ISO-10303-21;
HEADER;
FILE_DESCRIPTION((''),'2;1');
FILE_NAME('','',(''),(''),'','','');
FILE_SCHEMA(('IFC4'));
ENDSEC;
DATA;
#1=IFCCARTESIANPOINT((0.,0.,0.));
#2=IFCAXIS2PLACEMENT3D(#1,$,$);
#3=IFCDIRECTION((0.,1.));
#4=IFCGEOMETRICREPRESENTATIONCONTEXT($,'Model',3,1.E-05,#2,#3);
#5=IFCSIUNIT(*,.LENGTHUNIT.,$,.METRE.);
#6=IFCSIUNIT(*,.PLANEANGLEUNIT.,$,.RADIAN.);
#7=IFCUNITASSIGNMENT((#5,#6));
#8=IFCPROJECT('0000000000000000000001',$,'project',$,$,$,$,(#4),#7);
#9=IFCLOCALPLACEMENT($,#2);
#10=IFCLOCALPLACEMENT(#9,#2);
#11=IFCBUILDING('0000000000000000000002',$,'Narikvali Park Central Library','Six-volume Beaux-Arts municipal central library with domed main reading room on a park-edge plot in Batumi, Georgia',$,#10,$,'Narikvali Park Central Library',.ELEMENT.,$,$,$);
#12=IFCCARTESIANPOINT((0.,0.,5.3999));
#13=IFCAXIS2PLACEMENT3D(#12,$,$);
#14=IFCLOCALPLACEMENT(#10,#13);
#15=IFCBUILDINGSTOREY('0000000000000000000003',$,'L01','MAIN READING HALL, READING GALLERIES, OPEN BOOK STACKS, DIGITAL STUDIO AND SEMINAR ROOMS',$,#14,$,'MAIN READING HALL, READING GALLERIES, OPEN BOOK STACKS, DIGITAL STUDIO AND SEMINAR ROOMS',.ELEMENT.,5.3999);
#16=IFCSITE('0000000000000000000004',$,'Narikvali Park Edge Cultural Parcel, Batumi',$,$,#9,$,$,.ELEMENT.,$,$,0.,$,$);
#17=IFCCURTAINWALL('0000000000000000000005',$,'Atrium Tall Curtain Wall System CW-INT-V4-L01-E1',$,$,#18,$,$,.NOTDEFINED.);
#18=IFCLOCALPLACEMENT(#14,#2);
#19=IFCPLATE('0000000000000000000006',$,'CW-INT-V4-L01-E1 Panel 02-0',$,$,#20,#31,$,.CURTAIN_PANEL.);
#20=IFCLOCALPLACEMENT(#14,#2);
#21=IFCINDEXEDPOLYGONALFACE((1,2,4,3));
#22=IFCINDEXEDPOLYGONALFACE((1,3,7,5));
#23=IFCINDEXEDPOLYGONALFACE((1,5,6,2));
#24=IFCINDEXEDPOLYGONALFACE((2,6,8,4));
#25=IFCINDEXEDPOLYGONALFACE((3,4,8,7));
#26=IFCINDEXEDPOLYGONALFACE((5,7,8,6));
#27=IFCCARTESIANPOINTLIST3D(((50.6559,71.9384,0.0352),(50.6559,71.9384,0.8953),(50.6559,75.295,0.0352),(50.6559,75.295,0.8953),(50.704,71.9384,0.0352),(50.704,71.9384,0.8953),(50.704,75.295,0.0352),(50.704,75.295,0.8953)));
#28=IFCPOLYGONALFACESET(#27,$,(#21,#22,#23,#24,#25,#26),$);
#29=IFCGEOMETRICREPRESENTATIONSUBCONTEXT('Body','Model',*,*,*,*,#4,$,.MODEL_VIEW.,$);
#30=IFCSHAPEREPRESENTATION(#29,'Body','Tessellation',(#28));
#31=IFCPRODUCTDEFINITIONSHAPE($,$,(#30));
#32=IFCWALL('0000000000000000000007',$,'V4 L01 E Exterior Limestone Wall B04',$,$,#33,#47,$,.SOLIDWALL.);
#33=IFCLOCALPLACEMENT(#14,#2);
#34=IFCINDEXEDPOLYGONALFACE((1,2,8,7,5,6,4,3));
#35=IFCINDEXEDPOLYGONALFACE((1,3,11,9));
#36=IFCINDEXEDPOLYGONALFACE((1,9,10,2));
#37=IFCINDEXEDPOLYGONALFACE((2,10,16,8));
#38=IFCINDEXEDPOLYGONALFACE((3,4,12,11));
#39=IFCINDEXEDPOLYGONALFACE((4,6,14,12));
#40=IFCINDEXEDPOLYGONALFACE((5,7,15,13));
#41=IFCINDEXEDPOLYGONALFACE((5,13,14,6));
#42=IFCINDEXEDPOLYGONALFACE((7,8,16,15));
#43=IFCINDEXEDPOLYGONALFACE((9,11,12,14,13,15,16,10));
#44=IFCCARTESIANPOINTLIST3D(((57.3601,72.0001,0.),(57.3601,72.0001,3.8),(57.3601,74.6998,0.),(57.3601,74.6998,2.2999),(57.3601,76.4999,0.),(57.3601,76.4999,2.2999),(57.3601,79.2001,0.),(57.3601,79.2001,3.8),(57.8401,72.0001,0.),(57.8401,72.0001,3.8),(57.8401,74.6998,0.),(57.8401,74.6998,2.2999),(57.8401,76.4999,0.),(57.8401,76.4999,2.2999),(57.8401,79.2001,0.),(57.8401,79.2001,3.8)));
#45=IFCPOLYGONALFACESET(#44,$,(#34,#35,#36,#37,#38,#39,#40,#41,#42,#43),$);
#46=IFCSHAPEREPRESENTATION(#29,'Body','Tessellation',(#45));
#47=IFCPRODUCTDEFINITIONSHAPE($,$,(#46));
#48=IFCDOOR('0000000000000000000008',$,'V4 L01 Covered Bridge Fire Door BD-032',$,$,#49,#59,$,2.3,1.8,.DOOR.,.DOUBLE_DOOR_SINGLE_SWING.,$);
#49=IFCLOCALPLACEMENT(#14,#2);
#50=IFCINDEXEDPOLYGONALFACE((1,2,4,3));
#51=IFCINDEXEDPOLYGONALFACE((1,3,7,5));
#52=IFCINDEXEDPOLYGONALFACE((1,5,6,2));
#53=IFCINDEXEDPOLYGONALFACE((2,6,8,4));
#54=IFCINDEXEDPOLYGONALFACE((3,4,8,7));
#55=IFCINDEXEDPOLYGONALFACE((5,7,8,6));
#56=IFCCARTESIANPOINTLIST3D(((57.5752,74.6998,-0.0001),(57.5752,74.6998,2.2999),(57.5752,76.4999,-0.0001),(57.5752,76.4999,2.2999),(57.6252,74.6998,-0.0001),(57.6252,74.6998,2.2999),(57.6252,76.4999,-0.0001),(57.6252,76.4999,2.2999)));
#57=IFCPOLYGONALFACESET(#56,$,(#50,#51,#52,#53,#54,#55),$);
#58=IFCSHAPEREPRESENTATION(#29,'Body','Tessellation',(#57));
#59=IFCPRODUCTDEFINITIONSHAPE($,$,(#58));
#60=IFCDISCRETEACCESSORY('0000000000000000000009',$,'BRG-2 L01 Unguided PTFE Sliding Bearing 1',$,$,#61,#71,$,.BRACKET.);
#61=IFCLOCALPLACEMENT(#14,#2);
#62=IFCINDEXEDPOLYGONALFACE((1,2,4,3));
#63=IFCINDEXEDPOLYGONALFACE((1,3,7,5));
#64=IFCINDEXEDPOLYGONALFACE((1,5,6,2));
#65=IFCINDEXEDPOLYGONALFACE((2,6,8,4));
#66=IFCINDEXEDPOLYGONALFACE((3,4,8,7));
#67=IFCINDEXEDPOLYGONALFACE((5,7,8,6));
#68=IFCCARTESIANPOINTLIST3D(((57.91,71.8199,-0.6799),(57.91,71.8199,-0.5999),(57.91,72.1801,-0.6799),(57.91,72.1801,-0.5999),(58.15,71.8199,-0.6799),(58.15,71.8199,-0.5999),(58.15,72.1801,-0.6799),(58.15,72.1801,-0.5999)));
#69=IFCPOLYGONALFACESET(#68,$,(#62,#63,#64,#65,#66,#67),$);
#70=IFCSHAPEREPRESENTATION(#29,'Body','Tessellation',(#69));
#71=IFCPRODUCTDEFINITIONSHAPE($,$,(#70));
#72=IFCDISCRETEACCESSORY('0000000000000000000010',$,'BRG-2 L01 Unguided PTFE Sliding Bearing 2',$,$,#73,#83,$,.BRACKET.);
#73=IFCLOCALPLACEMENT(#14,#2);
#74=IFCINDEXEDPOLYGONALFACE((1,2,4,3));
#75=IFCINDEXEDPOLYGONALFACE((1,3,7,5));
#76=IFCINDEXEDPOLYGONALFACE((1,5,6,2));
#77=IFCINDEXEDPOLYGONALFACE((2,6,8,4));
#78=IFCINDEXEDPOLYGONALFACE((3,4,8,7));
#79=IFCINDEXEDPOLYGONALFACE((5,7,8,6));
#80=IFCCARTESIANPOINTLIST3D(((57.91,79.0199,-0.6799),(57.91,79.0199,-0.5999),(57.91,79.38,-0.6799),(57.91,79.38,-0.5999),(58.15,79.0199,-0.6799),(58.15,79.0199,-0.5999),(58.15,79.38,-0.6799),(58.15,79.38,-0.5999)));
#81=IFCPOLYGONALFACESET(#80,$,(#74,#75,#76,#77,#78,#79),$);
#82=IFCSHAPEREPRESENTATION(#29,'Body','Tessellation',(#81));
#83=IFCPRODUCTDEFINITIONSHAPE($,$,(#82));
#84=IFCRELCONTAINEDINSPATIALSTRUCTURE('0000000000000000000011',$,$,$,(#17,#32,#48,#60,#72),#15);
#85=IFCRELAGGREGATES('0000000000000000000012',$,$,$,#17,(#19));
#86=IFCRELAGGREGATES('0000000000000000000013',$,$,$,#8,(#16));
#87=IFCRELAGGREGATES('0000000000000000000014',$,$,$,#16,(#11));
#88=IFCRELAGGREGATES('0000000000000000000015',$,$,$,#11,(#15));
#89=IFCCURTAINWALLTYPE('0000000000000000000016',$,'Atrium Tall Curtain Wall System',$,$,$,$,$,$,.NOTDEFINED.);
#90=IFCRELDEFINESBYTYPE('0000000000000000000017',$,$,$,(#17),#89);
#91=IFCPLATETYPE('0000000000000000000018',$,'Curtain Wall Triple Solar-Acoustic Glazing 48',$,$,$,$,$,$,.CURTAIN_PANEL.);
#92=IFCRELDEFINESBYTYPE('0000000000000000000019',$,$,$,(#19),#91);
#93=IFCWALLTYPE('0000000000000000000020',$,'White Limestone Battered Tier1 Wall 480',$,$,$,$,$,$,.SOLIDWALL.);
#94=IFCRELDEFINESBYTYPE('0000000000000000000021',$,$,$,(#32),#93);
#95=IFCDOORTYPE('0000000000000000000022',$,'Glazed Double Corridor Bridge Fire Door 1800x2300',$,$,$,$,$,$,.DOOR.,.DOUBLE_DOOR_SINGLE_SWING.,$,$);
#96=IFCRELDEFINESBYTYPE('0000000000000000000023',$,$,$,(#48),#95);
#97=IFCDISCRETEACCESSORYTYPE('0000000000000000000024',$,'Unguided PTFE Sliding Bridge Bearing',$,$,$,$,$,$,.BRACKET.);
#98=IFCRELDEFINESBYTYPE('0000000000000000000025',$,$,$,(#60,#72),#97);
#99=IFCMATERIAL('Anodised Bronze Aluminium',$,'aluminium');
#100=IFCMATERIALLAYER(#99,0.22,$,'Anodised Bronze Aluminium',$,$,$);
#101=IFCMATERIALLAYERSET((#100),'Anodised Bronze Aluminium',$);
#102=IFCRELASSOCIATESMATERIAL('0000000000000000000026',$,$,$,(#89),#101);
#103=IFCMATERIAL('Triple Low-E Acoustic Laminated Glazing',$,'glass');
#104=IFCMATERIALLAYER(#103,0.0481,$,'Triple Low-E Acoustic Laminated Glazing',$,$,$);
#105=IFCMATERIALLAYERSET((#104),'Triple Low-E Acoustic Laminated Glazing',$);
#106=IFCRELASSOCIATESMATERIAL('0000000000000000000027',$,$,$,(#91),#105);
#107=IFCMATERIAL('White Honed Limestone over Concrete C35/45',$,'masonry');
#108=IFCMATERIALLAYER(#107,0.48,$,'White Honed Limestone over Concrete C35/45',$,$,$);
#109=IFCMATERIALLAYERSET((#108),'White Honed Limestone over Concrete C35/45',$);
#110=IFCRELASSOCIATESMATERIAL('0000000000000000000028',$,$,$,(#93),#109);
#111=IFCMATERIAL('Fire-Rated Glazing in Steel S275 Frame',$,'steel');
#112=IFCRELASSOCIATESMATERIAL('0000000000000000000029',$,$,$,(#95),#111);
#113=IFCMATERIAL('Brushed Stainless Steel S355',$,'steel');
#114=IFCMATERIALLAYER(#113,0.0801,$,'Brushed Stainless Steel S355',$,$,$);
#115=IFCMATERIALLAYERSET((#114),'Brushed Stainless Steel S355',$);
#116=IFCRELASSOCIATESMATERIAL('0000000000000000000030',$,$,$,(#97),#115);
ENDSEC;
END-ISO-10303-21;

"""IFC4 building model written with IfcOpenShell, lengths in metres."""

from ifc_helpers import new_model, si_unit, direction, frame, frame_2d, origin, origin_2d, place, context, subcontext, project, spatial, rectangle, extrude, material, layer, layer_set, type_object, element, fill, aggregate, save


model = new_model("IFC4")

# Units and contexts
model_context = context("Model", 3, precision=1e-05, world=origin(), true_north=direction((0.0, 1.0)))
body_context = subcontext(model_context, "Body", "Model", "MODEL_VIEW")
ifc_project = project(units=[si_unit("LENGTHUNIT", "METRE"), si_unit("PLANEANGLEUNIT", "RADIAN")], contexts=[model_context])

# Site, building, storey
site_placement = place(None, origin())
site = spatial("IfcSite", under=ifc_project, at=site_placement, Name="Narikvali Park Edge Cultural Parcel, Batumi", CompositionType="ELEMENT", RefElevation=0.0)
building_placement = place(site_placement, origin())
building = spatial("IfcBuilding", under=site, at=building_placement, Name="Narikvali Park Central Library", Description="Six-volume Beaux-Arts municipal central library with domed main reading room on a park-edge plot in Batumi, Georgia", LongName="Narikvali Park Central Library", CompositionType="ELEMENT")
storey_placement = place(building_placement, frame((0.0, 0.0, 5.3999)))
storey = spatial("IfcBuildingStorey", under=building, at=storey_placement, Name="L01", Description="MAIN READING HALL, READING GALLERIES, OPEN BOOK STACKS, DIGITAL STUDIO AND SEMINAR ROOMS", LongName="MAIN READING HALL, READING GALLERIES, OPEN BOOK STACKS, DIGITAL STUDIO AND SEMINAR ROOMS", CompositionType="ELEMENT", Elevation=5.3999)

# Shared definitions
ifc_material_1 = material(Name="Anodised Bronze Aluminium", Category="aluminium")

# Shared definitions
ifc_layer_1 = layer(ifc_material_1, 0.22, Name="Anodised Bronze Aluminium")
ifc_layer_set_1 = layer_set([ifc_layer_1], Name="Anodised Bronze Aluminium")
curtain_wall_type_1 = type_object("IfcCurtainWallType", Name="Atrium Tall Curtain Wall System", PredefinedType="NOTDEFINED", material=ifc_layer_set_1)

# Curtain wall
curtain_wall_1_placement = place(storey_placement, origin())
curtain_wall_1 = element("IfcCurtainWall", 1, at=curtain_wall_1_placement, inside=storey, type_object=curtain_wall_type_1, Name="Atrium Tall Curtain Wall System CW-INT-V4-L01-E1", PredefinedType="NOTDEFINED")

# Plate
ifc_material_2 = material(Name="Triple Low-E Acoustic Laminated Glazing", Category="glass")
ifc_layer_2 = layer(ifc_material_2, 0.0481, Name="Triple Low-E Acoustic Laminated Glazing")
ifc_layer_set_2 = layer_set([ifc_layer_2], Name="Triple Low-E Acoustic Laminated Glazing")
plate_type_1 = type_object("IfcPlateType", Name="Curtain Wall Triple Solar-Acoustic Glazing 48", PredefinedType="CURTAIN_PANEL", material=ifc_layer_set_2)
plate_1_placement = place(storey_placement, frame((50.6799, 73.6167, 0.0352), z_axis=(0.0, 0.0, 1.0), x_axis=(0.0, 1.0, 0.0)))
plate_1 = element("IfcPlate", 2, at=plate_1_placement, type_object=plate_type_1, Name="CW-INT-V4-L01-E1 Panel 02-0", PredefinedType="CURTAIN_PANEL", context=body_context, shape_type="SweptSolid", body=[
    extrude(rectangle(XDim=3.3567, YDim=0.0481, at=origin_2d()), origin(), (0.0, 0.0, 1.0), 0.8601),
])
aggregate(curtain_wall_1, [plate_1])

# Wall, opening, door
ifc_material_3 = material(Name="White Honed Limestone over Concrete C35/45", Category="masonry")
ifc_layer_3 = layer(ifc_material_3, 0.48, Name="White Honed Limestone over Concrete C35/45")
ifc_layer_set_3 = layer_set([ifc_layer_3], Name="White Honed Limestone over Concrete C35/45")
wall_type = type_object("IfcWallType", Name="White Limestone Battered Tier1 Wall 480", PredefinedType="SOLIDWALL", material=ifc_layer_set_3)
wall_placement = place(storey_placement, frame((57.6001, 72.0, 0.0), z_axis=(0.0, 0.0, 1.0), x_axis=(0.0, 1.0, 0.0)))
wall = element("IfcWall", 3, at=wall_placement, inside=storey, type_object=wall_type, Name="V4 L01 E Exterior Limestone Wall B04", PredefinedType="SOLIDWALL", context=body_context, shape_type="SweptSolid", body=[
    extrude(rectangle(XDim=7.2, YDim=0.48, at=frame_2d((3.6001, 0.0))), origin(), (0.0, 0.0, 1.0), 3.8),
])
opening_placement = place(wall_placement, frame((2.7, 0.0, 0.0)))
opening = element("IfcOpeningElement", 4, at=opening_placement, cuts=wall, PredefinedType="OPENING", context=body_context, shape_type="SweptSolid", body=[
    extrude(rectangle(XDim=1.8, YDim=2.3, at=frame_2d((0.8999, 1.1499))), frame((0.0, 0.252, 0.0), z_axis=(0.0, -1.0, 0.0), x_axis=(1.0, 0.0, 0.0)), (0.0, 0.0, 1.0), 0.5039),
])
ifc_material_4 = material(Name="Fire-Rated Glazing in Steel S275 Frame", Category="steel")
door_type = type_object("IfcDoorType", Name="Glazed Double Corridor Bridge Fire Door 1800x2300", OperationType="DOUBLE_DOOR_SINGLE_SWING", PredefinedType="DOOR", material=ifc_material_4)
door_placement = place(opening_placement, origin())
door = element("IfcDoor", 5, at=door_placement, inside=storey, type_object=door_type, Name="V4 L01 Covered Bridge Fire Door BD-032", OperationType="DOUBLE_DOOR_SINGLE_SWING", OverallHeight=2.3, OverallWidth=1.8, PredefinedType="DOOR", context=body_context, shape_type="SweptSolid", body=[
    extrude(rectangle(XDim=1.8, YDim=2.3, at=frame_2d((0.8999, 1.1499))), frame((0.0, 0.0249, 0.0), z_axis=(0.0, -1.0, 0.0), x_axis=(1.0, 0.0, 0.0)), (0.0, 0.0, 1.0), 0.05),
])
fill(opening, door)

# Discrete accessories
ifc_material_5 = material(Name="Brushed Stainless Steel S355", Category="steel")
ifc_layer_4 = layer(ifc_material_5, 0.0801, Name="Brushed Stainless Steel S355")
ifc_layer_set_4 = layer_set([ifc_layer_4], Name="Brushed Stainless Steel S355")
discrete_accessory_type = type_object("IfcDiscreteAccessoryType", Name="Unguided PTFE Sliding Bridge Bearing", PredefinedType="BRACKET", material=ifc_layer_set_4)
for number, where, z_axis, x_axis, name in (
    (6, (58.03, 72.0, -0.6799), (0.0, 0.0, 1.0), (1.0, 0.0, 0.0), "BRG-2 L01 Unguided PTFE Sliding Bearing 1"),
    (7, (58.03, 79.2, -0.6799), (0.0, 0.0, 1.0), (1.0, 0.0, 0.0), "BRG-2 L01 Unguided PTFE Sliding Bearing 2"),
):
    element("IfcDiscreteAccessory", number, at=place(storey_placement, frame(where, z_axis=z_axis, x_axis=x_axis)), inside=storey, type_object=discrete_accessory_type, Name=name, PredefinedType="BRACKET", context=body_context, shape_type="SweptSolid", body=[
        extrude(rectangle(XDim=0.24, YDim=0.3601, at=origin_2d()), origin(), (0.0, 0.0, 1.0), 0.0801),
    ])

save(model, "model.ifc")
